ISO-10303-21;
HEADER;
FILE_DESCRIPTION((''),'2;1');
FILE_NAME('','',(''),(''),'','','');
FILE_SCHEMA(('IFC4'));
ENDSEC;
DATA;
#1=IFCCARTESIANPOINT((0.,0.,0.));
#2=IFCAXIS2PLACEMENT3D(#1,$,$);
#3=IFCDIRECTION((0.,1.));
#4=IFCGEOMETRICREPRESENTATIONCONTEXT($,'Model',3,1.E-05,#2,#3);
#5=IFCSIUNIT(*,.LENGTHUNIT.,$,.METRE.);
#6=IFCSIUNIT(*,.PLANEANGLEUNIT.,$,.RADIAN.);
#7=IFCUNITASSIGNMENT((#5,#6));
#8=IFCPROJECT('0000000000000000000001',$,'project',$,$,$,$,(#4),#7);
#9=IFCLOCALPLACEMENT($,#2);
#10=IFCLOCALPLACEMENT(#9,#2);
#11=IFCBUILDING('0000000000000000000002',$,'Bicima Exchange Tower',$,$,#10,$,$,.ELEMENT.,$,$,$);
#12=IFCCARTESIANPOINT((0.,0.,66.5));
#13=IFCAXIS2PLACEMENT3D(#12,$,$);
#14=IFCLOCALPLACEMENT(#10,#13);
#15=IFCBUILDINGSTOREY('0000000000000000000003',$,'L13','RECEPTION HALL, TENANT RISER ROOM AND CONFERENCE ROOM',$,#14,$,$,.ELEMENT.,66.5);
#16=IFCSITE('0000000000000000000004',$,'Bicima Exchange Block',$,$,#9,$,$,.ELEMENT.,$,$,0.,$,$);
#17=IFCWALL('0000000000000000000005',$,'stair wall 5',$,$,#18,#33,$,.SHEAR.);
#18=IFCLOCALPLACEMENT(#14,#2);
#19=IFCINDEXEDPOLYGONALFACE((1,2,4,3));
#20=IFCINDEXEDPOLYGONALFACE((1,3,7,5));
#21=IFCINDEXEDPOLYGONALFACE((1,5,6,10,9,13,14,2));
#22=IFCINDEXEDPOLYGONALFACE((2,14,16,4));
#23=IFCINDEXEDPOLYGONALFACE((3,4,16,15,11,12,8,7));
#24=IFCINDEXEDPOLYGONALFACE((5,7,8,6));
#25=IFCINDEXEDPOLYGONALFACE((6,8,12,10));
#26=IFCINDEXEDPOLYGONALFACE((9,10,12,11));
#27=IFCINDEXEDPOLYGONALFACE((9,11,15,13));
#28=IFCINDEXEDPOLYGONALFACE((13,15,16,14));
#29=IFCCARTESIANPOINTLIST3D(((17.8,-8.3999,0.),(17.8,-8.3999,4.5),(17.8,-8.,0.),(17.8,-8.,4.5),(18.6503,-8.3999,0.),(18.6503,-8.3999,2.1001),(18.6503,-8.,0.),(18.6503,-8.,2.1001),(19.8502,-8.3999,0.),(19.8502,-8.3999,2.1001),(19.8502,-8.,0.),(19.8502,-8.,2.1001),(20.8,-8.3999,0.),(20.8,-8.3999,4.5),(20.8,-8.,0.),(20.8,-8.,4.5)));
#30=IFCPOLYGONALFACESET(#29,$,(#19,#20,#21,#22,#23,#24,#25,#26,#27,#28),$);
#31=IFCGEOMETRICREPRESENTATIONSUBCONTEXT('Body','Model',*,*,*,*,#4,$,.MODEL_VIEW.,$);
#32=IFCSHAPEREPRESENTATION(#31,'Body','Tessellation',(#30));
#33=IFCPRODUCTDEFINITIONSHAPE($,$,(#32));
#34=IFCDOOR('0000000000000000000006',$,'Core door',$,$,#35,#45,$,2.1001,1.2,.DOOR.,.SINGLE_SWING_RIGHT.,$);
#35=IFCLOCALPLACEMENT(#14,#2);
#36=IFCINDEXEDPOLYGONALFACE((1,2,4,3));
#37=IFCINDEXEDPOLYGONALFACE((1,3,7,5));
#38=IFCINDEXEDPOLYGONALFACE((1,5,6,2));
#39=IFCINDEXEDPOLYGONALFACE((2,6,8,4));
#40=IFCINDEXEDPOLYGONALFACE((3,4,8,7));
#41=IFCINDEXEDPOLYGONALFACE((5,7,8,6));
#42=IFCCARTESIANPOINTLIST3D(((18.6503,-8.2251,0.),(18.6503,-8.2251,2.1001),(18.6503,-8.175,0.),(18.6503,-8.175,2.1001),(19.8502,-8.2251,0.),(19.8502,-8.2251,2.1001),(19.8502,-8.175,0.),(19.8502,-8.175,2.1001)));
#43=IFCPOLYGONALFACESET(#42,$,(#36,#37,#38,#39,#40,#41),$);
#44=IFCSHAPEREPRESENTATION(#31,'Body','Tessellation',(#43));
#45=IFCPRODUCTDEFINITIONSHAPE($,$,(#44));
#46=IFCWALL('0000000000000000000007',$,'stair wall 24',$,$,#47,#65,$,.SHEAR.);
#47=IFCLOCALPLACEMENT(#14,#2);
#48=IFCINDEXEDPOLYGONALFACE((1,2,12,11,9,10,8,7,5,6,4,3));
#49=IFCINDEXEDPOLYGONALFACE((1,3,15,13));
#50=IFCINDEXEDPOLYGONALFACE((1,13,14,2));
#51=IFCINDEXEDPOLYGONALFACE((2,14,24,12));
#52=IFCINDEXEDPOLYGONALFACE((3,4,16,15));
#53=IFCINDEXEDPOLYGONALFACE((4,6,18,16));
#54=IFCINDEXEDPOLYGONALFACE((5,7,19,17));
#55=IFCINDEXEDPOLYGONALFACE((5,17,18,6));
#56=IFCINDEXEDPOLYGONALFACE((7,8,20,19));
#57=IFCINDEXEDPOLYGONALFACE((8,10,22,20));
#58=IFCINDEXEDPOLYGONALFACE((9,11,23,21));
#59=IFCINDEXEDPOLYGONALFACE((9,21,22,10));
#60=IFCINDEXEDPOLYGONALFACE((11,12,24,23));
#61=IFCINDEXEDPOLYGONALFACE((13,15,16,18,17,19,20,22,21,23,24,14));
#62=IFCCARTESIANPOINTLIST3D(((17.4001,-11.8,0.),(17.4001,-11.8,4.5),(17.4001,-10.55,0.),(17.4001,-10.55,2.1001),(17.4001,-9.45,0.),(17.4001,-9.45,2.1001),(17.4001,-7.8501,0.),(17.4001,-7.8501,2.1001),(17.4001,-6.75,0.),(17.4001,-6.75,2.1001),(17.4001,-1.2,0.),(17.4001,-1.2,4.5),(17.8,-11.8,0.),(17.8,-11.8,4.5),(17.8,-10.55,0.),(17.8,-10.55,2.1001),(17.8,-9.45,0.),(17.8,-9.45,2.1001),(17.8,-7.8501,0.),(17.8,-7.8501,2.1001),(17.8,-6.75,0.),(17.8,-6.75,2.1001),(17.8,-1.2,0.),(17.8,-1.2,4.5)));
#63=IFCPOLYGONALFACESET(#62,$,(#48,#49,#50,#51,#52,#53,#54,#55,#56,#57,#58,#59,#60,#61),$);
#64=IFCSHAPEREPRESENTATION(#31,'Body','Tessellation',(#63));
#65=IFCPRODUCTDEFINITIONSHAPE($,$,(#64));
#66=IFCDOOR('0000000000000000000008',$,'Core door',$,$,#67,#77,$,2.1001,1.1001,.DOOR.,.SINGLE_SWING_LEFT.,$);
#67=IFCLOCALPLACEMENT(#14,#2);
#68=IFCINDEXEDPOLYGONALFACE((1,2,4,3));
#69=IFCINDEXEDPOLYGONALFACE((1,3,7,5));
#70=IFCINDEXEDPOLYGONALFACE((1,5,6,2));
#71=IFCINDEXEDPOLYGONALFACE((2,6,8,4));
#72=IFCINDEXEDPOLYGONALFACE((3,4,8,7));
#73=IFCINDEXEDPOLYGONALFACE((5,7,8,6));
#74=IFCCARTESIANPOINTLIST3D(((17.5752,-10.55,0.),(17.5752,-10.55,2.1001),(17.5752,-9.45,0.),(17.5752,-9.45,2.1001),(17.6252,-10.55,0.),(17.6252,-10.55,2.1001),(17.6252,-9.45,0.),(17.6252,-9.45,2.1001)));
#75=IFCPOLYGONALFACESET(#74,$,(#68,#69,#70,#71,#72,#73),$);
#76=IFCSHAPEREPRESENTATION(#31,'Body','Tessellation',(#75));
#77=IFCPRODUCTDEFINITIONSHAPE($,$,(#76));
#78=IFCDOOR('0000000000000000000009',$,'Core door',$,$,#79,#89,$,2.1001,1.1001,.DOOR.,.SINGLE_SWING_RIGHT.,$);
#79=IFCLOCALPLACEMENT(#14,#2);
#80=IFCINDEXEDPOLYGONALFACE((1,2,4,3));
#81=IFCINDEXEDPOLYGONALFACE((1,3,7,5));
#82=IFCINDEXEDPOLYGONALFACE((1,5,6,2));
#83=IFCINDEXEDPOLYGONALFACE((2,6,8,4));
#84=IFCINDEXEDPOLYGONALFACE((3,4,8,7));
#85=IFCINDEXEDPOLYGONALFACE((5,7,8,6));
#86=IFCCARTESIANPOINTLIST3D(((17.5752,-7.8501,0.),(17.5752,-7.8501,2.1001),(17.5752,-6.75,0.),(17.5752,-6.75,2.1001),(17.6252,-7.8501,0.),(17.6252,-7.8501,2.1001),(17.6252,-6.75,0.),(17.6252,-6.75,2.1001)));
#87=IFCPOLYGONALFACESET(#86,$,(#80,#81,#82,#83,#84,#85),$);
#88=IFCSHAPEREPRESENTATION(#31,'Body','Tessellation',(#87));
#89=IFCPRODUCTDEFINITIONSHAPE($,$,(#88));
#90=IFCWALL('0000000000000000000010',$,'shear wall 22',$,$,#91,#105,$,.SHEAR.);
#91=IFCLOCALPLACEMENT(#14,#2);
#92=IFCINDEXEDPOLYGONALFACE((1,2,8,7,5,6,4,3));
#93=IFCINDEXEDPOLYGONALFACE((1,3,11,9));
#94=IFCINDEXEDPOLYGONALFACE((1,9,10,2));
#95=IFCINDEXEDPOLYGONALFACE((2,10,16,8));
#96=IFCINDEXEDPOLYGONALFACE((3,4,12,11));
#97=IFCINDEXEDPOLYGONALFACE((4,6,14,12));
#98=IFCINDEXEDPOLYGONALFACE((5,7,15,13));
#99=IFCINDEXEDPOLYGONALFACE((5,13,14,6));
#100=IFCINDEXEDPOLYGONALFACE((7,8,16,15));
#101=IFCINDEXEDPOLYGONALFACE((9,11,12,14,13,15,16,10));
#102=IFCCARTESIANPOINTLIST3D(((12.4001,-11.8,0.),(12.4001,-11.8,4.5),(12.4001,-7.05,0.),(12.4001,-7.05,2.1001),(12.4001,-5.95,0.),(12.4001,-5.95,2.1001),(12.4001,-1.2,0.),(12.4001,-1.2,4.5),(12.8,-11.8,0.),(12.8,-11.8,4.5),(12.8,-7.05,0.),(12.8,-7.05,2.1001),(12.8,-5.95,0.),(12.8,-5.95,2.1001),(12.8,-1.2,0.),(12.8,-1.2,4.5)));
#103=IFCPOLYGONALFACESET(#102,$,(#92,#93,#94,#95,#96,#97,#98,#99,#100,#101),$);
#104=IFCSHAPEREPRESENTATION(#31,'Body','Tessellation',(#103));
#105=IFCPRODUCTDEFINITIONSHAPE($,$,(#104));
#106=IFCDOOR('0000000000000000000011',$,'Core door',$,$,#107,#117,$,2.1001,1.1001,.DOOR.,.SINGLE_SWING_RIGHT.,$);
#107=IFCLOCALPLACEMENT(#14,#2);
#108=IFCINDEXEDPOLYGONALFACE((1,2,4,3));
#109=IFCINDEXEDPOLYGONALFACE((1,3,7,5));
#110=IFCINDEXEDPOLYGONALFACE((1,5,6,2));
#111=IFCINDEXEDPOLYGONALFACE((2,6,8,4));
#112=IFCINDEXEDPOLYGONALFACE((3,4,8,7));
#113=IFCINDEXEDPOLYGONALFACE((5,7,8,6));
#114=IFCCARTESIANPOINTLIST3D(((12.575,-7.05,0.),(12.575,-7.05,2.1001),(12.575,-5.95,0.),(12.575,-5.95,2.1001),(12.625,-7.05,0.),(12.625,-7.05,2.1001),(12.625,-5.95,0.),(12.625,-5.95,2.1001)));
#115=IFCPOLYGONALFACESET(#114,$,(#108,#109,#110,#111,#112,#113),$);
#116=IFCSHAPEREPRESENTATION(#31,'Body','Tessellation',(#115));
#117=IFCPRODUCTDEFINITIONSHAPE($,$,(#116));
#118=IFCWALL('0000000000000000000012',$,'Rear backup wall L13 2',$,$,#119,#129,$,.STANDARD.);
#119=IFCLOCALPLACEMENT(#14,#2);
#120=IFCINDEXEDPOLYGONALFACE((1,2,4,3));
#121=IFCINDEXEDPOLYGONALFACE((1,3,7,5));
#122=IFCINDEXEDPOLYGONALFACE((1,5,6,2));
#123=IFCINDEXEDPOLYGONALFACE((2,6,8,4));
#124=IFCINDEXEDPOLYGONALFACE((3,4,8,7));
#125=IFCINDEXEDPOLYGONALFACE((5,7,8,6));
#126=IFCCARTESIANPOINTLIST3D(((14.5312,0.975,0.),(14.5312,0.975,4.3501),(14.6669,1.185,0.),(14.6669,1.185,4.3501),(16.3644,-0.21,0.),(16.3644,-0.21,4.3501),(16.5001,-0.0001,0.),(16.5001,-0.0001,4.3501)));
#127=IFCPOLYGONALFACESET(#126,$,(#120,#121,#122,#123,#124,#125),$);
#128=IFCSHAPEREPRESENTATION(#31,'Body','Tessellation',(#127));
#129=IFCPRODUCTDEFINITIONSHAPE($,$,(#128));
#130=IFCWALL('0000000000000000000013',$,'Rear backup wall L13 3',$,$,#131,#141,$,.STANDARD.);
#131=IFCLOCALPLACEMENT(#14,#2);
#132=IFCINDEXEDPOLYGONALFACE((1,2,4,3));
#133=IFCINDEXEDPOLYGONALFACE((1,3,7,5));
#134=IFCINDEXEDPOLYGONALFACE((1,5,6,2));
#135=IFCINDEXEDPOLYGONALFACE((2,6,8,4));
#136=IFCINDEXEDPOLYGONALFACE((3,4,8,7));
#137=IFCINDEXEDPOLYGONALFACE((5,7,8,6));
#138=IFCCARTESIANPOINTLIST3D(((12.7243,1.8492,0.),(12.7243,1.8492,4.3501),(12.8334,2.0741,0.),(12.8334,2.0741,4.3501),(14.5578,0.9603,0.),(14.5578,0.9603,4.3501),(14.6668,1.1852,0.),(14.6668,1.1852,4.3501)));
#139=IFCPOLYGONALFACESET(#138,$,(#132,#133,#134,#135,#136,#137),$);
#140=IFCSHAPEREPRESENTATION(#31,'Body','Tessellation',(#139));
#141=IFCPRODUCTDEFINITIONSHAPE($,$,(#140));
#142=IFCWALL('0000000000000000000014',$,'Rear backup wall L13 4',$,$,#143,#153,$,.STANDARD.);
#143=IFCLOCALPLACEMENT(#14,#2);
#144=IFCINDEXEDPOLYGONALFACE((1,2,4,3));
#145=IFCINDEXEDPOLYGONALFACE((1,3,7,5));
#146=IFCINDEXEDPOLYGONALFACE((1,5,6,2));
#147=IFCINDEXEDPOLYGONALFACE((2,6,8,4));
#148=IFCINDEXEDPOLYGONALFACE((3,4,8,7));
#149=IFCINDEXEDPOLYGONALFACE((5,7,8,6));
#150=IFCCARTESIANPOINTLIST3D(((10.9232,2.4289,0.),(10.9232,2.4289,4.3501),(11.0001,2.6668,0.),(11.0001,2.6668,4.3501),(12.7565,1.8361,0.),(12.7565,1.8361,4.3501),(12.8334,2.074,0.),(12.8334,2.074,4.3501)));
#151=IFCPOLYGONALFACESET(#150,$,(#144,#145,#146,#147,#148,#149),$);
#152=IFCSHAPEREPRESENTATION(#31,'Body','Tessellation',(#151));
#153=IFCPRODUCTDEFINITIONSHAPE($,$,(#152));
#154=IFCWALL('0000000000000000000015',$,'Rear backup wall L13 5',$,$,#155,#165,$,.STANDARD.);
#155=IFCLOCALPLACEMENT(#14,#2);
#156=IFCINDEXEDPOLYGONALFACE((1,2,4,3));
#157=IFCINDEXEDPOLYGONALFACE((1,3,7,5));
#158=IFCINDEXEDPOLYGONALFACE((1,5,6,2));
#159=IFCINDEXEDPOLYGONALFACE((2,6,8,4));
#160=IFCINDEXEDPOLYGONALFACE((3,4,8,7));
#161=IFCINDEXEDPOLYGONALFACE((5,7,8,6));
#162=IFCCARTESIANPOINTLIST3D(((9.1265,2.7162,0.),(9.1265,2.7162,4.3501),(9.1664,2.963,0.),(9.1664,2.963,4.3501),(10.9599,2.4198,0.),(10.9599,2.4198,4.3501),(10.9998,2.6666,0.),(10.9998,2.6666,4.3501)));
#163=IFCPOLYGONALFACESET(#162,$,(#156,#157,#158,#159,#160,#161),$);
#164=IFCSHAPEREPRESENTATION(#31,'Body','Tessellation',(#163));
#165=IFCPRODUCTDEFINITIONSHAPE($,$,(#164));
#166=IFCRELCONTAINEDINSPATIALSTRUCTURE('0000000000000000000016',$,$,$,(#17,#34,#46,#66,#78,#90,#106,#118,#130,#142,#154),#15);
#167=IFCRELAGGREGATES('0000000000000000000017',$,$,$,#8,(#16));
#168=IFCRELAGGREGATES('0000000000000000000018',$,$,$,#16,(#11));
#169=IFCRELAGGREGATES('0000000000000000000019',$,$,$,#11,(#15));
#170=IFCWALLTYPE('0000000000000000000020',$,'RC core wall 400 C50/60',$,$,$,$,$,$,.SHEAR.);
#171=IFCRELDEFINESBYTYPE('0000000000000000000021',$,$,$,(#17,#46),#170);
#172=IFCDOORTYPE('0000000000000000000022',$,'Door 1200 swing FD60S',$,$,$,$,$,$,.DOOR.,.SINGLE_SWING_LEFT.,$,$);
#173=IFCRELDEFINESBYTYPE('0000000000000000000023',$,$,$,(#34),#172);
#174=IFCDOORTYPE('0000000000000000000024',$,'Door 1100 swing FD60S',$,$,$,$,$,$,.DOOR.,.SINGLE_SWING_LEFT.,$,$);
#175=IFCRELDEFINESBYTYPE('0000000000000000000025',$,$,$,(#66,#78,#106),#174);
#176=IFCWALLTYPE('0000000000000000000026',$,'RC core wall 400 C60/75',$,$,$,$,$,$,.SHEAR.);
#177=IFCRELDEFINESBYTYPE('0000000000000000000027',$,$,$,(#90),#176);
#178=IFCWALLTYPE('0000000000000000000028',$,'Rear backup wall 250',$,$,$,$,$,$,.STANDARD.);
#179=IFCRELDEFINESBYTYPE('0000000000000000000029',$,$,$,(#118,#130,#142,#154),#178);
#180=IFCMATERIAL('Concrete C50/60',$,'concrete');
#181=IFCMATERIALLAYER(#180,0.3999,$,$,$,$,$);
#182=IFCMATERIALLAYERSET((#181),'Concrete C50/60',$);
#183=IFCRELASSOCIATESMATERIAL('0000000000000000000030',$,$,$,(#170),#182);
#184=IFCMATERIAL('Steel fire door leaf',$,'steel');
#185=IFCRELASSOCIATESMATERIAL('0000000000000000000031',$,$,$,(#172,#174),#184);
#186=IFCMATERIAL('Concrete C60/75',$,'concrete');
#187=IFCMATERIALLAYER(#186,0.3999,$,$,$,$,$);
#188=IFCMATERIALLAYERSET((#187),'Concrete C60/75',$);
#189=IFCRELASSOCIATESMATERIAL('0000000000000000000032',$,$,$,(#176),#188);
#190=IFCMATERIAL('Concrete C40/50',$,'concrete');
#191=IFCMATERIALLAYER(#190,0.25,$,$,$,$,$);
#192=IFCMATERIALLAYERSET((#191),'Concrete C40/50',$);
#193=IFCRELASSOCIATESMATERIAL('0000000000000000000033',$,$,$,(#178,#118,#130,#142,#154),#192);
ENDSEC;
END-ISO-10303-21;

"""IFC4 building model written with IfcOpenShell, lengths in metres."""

from ifc_helpers import new_model, si_unit, direction, frame, frame_2d, origin, place, context, subcontext, project, spatial, rectangle, extrude, material, layer, layer_set, layer_usage, type_object, element, fill, save


model = new_model("IFC4")

# Units and contexts
model_context = context("Model", 3, precision=1e-05, world=origin(), true_north=direction((0.0, 1.0)))
body_context = subcontext(model_context, "Body", "Model", "MODEL_VIEW")
ifc_project = project(units=[si_unit("LENGTHUNIT", "METRE"), si_unit("PLANEANGLEUNIT", "RADIAN")], contexts=[model_context])

# Site, building, storey
site_placement = place(None, origin())
site = spatial("IfcSite", under=ifc_project, at=site_placement, Name="Bicima Exchange Block", CompositionType="ELEMENT", RefElevation=0.0)
building_placement = place(site_placement, origin())
building = spatial("IfcBuilding", under=site, at=building_placement, Name="Bicima Exchange Tower", CompositionType="ELEMENT")
storey_placement = place(building_placement, frame((0.0, 0.0, 66.5)))
storey = spatial("IfcBuildingStorey", under=building, at=storey_placement, Name="L13", Description="RECEPTION HALL, TENANT RISER ROOM AND CONFERENCE ROOM", CompositionType="ELEMENT", Elevation=66.5)

# Wall, opening, door
ifc_material_1 = material(Name="Concrete C50/60", Category="concrete")
ifc_layer_1 = layer(ifc_material_1, 0.3999)
ifc_layer_set_1 = layer_set([ifc_layer_1], Name="Concrete C50/60")
wall_type_1 = type_object("IfcWallType", Name="RC core wall 400 C50/60", PredefinedType="SHEAR", material=ifc_layer_set_1)
wall_1_placement = place(storey_placement, frame((17.8, -8.2, 0.0), z_axis=(0.0, 0.0, 1.0), x_axis=(1.0, 0.0, 0.0)))
wall_1 = element("IfcWall", 1, at=wall_1_placement, inside=storey, type_object=wall_type_1, Name="stair wall 5", PredefinedType="SHEAR", context=body_context, shape_type="SweptSolid", body=[
    extrude(rectangle(XDim=3.0, YDim=0.3999, at=frame_2d((1.5, 0.0))), origin(), (0.0, 0.0, 1.0), 4.5),
])
opening_1_placement = place(wall_1_placement, frame((0.8501, 0.0, 0.0)))
opening_1 = element("IfcOpeningElement", 2, at=opening_1_placement, cuts=wall_1, PredefinedType="OPENING", context=body_context, shape_type="SweptSolid", body=[
    extrude(rectangle(XDim=1.2, YDim=2.1001, at=frame_2d((0.6001, 1.05))), frame((0.0, 0.2119, 0.0), z_axis=(0.0, -1.0, 0.0), x_axis=(1.0, 0.0, 0.0)), (0.0, 0.0, 1.0), 0.4238),
])
ifc_material_2 = material(Name="Steel fire door leaf", Category="steel")
door_type_1 = type_object("IfcDoorType", Name="Door 1200 swing FD60S", OperationType="SINGLE_SWING_LEFT", PredefinedType="DOOR", material=ifc_material_2)
door_1_placement = place(opening_1_placement, origin())
door_1 = element("IfcDoor", 3, at=door_1_placement, inside=storey, type_object=door_type_1, Name="Core door", OperationType="SINGLE_SWING_RIGHT", OverallHeight=2.1001, OverallWidth=1.2, PredefinedType="DOOR", context=body_context, shape_type="SweptSolid", body=[
    extrude(rectangle(XDim=1.2, YDim=2.1001, at=frame_2d((0.6001, 1.05))), frame((0.0, 0.0249, 0.0), z_axis=(0.0, -1.0, 0.0), x_axis=(1.0, 0.0, 0.0)), (0.0, 0.0, 1.0), 0.05),
])
fill(opening_1, door_1)

# Wall, openings, doors
wall_2_placement = place(storey_placement, frame((17.6001, -11.8, 0.0), z_axis=(0.0, 0.0, 1.0), x_axis=(0.0, 1.0, 0.0)))
wall_2 = element("IfcWall", 4, at=wall_2_placement, inside=storey, type_object=wall_type_1, Name="stair wall 24", PredefinedType="SHEAR", context=body_context, shape_type="SweptSolid", body=[
    extrude(rectangle(XDim=10.6001, YDim=0.3999, at=frame_2d((5.3, 0.0))), origin(), (0.0, 0.0, 1.0), 4.5),
])
opening_2_placement = place(wall_2_placement, frame((1.25, 0.0, 0.0)))
opening_2 = element("IfcOpeningElement", 5, at=opening_2_placement, cuts=wall_2, PredefinedType="OPENING", context=body_context, shape_type="SweptSolid", body=[
    extrude(rectangle(XDim=1.1001, YDim=2.1001, at=frame_2d((0.55, 1.05))), frame((0.0, 0.2119, 0.0), z_axis=(0.0, -1.0, 0.0), x_axis=(1.0, 0.0, 0.0)), (0.0, 0.0, 1.0), 0.4238),
])
opening_3_placement = place(wall_2_placement, frame((3.95, 0.0, 0.0)))
opening_3 = element("IfcOpeningElement", 6, at=opening_3_placement, cuts=wall_2, PredefinedType="OPENING", context=body_context, shape_type="SweptSolid", body=[
    extrude(rectangle(XDim=1.1001, YDim=2.1001, at=frame_2d((0.55, 1.05))), frame((0.0, 0.2119, 0.0), z_axis=(0.0, -1.0, 0.0), x_axis=(1.0, 0.0, 0.0)), (0.0, 0.0, 1.0), 0.4238),
])
door_type_2 = type_object("IfcDoorType", Name="Door 1100 swing FD60S", OperationType="SINGLE_SWING_LEFT", PredefinedType="DOOR", material=ifc_material_2)
door_2_placement = place(opening_2_placement, origin())
door_2 = element("IfcDoor", 7, at=door_2_placement, inside=storey, type_object=door_type_2, Name="Core door", OperationType="SINGLE_SWING_LEFT", OverallHeight=2.1001, OverallWidth=1.1001, PredefinedType="DOOR", context=body_context, shape_type="SweptSolid", body=[
    extrude(rectangle(XDim=1.1001, YDim=2.1001, at=frame_2d((0.55, 1.05))), frame((0.0, 0.0249, 0.0), z_axis=(0.0, -1.0, 0.0), x_axis=(1.0, 0.0, 0.0)), (0.0, 0.0, 1.0), 0.05),
])
fill(opening_2, door_2)
door_3_placement = place(opening_3_placement, origin())
door_3 = element("IfcDoor", 8, at=door_3_placement, inside=storey, type_object=door_type_2, Name="Core door", OperationType="SINGLE_SWING_RIGHT", OverallHeight=2.1001, OverallWidth=1.1001, PredefinedType="DOOR", context=body_context, shape_type="SweptSolid", body=[
    extrude(rectangle(XDim=1.1001, YDim=2.1001, at=frame_2d((0.55, 1.05))), frame((0.0, 0.0249, 0.0), z_axis=(0.0, -1.0, 0.0), x_axis=(1.0, 0.0, 0.0)), (0.0, 0.0, 1.0), 0.05),
])
fill(opening_3, door_3)

# Wall, opening, door
ifc_material_3 = material(Name="Concrete C60/75", Category="concrete")
ifc_layer_2 = layer(ifc_material_3, 0.3999)
ifc_layer_set_2 = layer_set([ifc_layer_2], Name="Concrete C60/75")
wall_type_2 = type_object("IfcWallType", Name="RC core wall 400 C60/75", PredefinedType="SHEAR", material=ifc_layer_set_2)
wall_3_placement = place(storey_placement, frame((12.6001, -11.8, 0.0), z_axis=(0.0, 0.0, 1.0), x_axis=(0.0, 1.0, 0.0)))
wall_3 = element("IfcWall", 9, at=wall_3_placement, inside=storey, type_object=wall_type_2, Name="shear wall 22", PredefinedType="SHEAR", context=body_context, shape_type="SweptSolid", body=[
    extrude(rectangle(XDim=10.6001, YDim=0.3999, at=frame_2d((5.3, 0.0))), origin(), (0.0, 0.0, 1.0), 4.5),
])
opening_4_placement = place(wall_3_placement, frame((4.75, 0.0, 0.0)))
opening_4 = element("IfcOpeningElement", 10, at=opening_4_placement, cuts=wall_3, PredefinedType="OPENING", context=body_context, shape_type="SweptSolid", body=[
    extrude(rectangle(XDim=1.1001, YDim=2.1001, at=frame_2d((0.55, 1.05))), frame((0.0, 0.2119, 0.0), z_axis=(0.0, -1.0, 0.0), x_axis=(1.0, 0.0, 0.0)), (0.0, 0.0, 1.0), 0.4238),
])
door_4_placement = place(opening_4_placement, frame((1.1001, 0.0, 0.0), z_axis=(0.0, 0.0, 1.0), x_axis=(-1.0, 0.0, 0.0)))
door_4 = element("IfcDoor", 11, at=door_4_placement, inside=storey, type_object=door_type_2, Name="Core door", OperationType="SINGLE_SWING_RIGHT", OverallHeight=2.1001, OverallWidth=1.1001, PredefinedType="DOOR", context=body_context, shape_type="SweptSolid", body=[
    extrude(rectangle(XDim=1.1001, YDim=2.1001, at=frame_2d((0.55, 1.05))), frame((0.0, 0.0249, 0.0), z_axis=(0.0, -1.0, 0.0), x_axis=(1.0, 0.0, 0.0)), (0.0, 0.0, 1.0), 0.05),
])
fill(opening_4, door_4)

# Walls
ifc_material_4 = material(Name="Concrete C40/50", Category="concrete")
ifc_layer_3 = layer(ifc_material_4, 0.25)
ifc_layer_set_3 = layer_set([ifc_layer_3], Name="Concrete C40/50")
ifc_layer_usage = layer_usage(ifc_layer_set_3, "AXIS2", "POSITIVE", -0.125)
wall_type_3 = type_object("IfcWallType", Name="Rear backup wall 250", PredefinedType="STANDARD", material=ifc_layer_set_3)
wall_4_placement = place(storey_placement, frame((16.4321, -0.105, 0.0), z_axis=(0.0, 0.0, 1.0), x_axis=(-0.839813, 0.542876, 0.0)))
element("IfcWall", 12, at=wall_4_placement, inside=storey, type_object=wall_type_3, material=ifc_layer_usage, Name="Rear backup wall L13 2", PredefinedType="STANDARD", context=body_context, shape_type="SweptSolid", body=[
    extrude(rectangle(XDim=2.1829, YDim=0.25, at=frame_2d((1.0913, 0.0))), origin(), (0.0, 0.0, 1.0), 4.3501),
])
wall_5_placement = place(storey_placement, frame((14.6123, 1.0728, 0.0), z_axis=(0.0, 0.0, 1.0), x_axis=(-0.899824, 0.436253, 0.0)))
element("IfcWall", 13, at=wall_5_placement, inside=storey, type_object=wall_type_3, material=ifc_layer_usage, Name="Rear backup wall L13 3", PredefinedType="STANDARD", context=body_context, shape_type="SweptSolid", body=[
    extrude(rectangle(XDim=2.0376, YDim=0.25, at=frame_2d((1.0188, 0.0))), origin(), (0.0, 0.0, 1.0), 4.3501),
])
wall_6_placement = place(storey_placement, frame((12.7949, 1.9551, 0.0), z_axis=(0.0, 0.0, 1.0), x_axis=(-0.951496, 0.307662, 0.0)))
element("IfcWall", 14, at=wall_6_placement, inside=storey, type_object=wall_type_3, material=ifc_layer_usage, Name="Rear backup wall L13 4", PredefinedType="STANDARD", context=body_context, shape_type="SweptSolid", body=[
    extrude(rectangle(XDim=1.9268, YDim=0.25, at=frame_2d((0.9634, 0.0))), origin(), (0.0, 0.0, 1.0), 4.3501),
])
wall_7_placement = place(storey_placement, frame((10.98, 2.5432, 0.0), z_axis=(0.0, 0.0, 1.0), x_axis=(-0.987182, 0.1596, 0.0)))
element("IfcWall", 15, at=wall_7_placement, inside=storey, type_object=wall_type_3, material=ifc_layer_usage, Name="Rear backup wall L13 5", PredefinedType="STANDARD", context=body_context, shape_type="SweptSolid", body=[
    extrude(rectangle(XDim=1.8572, YDim=0.25, at=frame_2d((0.9287, 0.0))), origin(), (0.0, 0.0, 1.0), 4.3501),
])

save(model, "model.ifc")
